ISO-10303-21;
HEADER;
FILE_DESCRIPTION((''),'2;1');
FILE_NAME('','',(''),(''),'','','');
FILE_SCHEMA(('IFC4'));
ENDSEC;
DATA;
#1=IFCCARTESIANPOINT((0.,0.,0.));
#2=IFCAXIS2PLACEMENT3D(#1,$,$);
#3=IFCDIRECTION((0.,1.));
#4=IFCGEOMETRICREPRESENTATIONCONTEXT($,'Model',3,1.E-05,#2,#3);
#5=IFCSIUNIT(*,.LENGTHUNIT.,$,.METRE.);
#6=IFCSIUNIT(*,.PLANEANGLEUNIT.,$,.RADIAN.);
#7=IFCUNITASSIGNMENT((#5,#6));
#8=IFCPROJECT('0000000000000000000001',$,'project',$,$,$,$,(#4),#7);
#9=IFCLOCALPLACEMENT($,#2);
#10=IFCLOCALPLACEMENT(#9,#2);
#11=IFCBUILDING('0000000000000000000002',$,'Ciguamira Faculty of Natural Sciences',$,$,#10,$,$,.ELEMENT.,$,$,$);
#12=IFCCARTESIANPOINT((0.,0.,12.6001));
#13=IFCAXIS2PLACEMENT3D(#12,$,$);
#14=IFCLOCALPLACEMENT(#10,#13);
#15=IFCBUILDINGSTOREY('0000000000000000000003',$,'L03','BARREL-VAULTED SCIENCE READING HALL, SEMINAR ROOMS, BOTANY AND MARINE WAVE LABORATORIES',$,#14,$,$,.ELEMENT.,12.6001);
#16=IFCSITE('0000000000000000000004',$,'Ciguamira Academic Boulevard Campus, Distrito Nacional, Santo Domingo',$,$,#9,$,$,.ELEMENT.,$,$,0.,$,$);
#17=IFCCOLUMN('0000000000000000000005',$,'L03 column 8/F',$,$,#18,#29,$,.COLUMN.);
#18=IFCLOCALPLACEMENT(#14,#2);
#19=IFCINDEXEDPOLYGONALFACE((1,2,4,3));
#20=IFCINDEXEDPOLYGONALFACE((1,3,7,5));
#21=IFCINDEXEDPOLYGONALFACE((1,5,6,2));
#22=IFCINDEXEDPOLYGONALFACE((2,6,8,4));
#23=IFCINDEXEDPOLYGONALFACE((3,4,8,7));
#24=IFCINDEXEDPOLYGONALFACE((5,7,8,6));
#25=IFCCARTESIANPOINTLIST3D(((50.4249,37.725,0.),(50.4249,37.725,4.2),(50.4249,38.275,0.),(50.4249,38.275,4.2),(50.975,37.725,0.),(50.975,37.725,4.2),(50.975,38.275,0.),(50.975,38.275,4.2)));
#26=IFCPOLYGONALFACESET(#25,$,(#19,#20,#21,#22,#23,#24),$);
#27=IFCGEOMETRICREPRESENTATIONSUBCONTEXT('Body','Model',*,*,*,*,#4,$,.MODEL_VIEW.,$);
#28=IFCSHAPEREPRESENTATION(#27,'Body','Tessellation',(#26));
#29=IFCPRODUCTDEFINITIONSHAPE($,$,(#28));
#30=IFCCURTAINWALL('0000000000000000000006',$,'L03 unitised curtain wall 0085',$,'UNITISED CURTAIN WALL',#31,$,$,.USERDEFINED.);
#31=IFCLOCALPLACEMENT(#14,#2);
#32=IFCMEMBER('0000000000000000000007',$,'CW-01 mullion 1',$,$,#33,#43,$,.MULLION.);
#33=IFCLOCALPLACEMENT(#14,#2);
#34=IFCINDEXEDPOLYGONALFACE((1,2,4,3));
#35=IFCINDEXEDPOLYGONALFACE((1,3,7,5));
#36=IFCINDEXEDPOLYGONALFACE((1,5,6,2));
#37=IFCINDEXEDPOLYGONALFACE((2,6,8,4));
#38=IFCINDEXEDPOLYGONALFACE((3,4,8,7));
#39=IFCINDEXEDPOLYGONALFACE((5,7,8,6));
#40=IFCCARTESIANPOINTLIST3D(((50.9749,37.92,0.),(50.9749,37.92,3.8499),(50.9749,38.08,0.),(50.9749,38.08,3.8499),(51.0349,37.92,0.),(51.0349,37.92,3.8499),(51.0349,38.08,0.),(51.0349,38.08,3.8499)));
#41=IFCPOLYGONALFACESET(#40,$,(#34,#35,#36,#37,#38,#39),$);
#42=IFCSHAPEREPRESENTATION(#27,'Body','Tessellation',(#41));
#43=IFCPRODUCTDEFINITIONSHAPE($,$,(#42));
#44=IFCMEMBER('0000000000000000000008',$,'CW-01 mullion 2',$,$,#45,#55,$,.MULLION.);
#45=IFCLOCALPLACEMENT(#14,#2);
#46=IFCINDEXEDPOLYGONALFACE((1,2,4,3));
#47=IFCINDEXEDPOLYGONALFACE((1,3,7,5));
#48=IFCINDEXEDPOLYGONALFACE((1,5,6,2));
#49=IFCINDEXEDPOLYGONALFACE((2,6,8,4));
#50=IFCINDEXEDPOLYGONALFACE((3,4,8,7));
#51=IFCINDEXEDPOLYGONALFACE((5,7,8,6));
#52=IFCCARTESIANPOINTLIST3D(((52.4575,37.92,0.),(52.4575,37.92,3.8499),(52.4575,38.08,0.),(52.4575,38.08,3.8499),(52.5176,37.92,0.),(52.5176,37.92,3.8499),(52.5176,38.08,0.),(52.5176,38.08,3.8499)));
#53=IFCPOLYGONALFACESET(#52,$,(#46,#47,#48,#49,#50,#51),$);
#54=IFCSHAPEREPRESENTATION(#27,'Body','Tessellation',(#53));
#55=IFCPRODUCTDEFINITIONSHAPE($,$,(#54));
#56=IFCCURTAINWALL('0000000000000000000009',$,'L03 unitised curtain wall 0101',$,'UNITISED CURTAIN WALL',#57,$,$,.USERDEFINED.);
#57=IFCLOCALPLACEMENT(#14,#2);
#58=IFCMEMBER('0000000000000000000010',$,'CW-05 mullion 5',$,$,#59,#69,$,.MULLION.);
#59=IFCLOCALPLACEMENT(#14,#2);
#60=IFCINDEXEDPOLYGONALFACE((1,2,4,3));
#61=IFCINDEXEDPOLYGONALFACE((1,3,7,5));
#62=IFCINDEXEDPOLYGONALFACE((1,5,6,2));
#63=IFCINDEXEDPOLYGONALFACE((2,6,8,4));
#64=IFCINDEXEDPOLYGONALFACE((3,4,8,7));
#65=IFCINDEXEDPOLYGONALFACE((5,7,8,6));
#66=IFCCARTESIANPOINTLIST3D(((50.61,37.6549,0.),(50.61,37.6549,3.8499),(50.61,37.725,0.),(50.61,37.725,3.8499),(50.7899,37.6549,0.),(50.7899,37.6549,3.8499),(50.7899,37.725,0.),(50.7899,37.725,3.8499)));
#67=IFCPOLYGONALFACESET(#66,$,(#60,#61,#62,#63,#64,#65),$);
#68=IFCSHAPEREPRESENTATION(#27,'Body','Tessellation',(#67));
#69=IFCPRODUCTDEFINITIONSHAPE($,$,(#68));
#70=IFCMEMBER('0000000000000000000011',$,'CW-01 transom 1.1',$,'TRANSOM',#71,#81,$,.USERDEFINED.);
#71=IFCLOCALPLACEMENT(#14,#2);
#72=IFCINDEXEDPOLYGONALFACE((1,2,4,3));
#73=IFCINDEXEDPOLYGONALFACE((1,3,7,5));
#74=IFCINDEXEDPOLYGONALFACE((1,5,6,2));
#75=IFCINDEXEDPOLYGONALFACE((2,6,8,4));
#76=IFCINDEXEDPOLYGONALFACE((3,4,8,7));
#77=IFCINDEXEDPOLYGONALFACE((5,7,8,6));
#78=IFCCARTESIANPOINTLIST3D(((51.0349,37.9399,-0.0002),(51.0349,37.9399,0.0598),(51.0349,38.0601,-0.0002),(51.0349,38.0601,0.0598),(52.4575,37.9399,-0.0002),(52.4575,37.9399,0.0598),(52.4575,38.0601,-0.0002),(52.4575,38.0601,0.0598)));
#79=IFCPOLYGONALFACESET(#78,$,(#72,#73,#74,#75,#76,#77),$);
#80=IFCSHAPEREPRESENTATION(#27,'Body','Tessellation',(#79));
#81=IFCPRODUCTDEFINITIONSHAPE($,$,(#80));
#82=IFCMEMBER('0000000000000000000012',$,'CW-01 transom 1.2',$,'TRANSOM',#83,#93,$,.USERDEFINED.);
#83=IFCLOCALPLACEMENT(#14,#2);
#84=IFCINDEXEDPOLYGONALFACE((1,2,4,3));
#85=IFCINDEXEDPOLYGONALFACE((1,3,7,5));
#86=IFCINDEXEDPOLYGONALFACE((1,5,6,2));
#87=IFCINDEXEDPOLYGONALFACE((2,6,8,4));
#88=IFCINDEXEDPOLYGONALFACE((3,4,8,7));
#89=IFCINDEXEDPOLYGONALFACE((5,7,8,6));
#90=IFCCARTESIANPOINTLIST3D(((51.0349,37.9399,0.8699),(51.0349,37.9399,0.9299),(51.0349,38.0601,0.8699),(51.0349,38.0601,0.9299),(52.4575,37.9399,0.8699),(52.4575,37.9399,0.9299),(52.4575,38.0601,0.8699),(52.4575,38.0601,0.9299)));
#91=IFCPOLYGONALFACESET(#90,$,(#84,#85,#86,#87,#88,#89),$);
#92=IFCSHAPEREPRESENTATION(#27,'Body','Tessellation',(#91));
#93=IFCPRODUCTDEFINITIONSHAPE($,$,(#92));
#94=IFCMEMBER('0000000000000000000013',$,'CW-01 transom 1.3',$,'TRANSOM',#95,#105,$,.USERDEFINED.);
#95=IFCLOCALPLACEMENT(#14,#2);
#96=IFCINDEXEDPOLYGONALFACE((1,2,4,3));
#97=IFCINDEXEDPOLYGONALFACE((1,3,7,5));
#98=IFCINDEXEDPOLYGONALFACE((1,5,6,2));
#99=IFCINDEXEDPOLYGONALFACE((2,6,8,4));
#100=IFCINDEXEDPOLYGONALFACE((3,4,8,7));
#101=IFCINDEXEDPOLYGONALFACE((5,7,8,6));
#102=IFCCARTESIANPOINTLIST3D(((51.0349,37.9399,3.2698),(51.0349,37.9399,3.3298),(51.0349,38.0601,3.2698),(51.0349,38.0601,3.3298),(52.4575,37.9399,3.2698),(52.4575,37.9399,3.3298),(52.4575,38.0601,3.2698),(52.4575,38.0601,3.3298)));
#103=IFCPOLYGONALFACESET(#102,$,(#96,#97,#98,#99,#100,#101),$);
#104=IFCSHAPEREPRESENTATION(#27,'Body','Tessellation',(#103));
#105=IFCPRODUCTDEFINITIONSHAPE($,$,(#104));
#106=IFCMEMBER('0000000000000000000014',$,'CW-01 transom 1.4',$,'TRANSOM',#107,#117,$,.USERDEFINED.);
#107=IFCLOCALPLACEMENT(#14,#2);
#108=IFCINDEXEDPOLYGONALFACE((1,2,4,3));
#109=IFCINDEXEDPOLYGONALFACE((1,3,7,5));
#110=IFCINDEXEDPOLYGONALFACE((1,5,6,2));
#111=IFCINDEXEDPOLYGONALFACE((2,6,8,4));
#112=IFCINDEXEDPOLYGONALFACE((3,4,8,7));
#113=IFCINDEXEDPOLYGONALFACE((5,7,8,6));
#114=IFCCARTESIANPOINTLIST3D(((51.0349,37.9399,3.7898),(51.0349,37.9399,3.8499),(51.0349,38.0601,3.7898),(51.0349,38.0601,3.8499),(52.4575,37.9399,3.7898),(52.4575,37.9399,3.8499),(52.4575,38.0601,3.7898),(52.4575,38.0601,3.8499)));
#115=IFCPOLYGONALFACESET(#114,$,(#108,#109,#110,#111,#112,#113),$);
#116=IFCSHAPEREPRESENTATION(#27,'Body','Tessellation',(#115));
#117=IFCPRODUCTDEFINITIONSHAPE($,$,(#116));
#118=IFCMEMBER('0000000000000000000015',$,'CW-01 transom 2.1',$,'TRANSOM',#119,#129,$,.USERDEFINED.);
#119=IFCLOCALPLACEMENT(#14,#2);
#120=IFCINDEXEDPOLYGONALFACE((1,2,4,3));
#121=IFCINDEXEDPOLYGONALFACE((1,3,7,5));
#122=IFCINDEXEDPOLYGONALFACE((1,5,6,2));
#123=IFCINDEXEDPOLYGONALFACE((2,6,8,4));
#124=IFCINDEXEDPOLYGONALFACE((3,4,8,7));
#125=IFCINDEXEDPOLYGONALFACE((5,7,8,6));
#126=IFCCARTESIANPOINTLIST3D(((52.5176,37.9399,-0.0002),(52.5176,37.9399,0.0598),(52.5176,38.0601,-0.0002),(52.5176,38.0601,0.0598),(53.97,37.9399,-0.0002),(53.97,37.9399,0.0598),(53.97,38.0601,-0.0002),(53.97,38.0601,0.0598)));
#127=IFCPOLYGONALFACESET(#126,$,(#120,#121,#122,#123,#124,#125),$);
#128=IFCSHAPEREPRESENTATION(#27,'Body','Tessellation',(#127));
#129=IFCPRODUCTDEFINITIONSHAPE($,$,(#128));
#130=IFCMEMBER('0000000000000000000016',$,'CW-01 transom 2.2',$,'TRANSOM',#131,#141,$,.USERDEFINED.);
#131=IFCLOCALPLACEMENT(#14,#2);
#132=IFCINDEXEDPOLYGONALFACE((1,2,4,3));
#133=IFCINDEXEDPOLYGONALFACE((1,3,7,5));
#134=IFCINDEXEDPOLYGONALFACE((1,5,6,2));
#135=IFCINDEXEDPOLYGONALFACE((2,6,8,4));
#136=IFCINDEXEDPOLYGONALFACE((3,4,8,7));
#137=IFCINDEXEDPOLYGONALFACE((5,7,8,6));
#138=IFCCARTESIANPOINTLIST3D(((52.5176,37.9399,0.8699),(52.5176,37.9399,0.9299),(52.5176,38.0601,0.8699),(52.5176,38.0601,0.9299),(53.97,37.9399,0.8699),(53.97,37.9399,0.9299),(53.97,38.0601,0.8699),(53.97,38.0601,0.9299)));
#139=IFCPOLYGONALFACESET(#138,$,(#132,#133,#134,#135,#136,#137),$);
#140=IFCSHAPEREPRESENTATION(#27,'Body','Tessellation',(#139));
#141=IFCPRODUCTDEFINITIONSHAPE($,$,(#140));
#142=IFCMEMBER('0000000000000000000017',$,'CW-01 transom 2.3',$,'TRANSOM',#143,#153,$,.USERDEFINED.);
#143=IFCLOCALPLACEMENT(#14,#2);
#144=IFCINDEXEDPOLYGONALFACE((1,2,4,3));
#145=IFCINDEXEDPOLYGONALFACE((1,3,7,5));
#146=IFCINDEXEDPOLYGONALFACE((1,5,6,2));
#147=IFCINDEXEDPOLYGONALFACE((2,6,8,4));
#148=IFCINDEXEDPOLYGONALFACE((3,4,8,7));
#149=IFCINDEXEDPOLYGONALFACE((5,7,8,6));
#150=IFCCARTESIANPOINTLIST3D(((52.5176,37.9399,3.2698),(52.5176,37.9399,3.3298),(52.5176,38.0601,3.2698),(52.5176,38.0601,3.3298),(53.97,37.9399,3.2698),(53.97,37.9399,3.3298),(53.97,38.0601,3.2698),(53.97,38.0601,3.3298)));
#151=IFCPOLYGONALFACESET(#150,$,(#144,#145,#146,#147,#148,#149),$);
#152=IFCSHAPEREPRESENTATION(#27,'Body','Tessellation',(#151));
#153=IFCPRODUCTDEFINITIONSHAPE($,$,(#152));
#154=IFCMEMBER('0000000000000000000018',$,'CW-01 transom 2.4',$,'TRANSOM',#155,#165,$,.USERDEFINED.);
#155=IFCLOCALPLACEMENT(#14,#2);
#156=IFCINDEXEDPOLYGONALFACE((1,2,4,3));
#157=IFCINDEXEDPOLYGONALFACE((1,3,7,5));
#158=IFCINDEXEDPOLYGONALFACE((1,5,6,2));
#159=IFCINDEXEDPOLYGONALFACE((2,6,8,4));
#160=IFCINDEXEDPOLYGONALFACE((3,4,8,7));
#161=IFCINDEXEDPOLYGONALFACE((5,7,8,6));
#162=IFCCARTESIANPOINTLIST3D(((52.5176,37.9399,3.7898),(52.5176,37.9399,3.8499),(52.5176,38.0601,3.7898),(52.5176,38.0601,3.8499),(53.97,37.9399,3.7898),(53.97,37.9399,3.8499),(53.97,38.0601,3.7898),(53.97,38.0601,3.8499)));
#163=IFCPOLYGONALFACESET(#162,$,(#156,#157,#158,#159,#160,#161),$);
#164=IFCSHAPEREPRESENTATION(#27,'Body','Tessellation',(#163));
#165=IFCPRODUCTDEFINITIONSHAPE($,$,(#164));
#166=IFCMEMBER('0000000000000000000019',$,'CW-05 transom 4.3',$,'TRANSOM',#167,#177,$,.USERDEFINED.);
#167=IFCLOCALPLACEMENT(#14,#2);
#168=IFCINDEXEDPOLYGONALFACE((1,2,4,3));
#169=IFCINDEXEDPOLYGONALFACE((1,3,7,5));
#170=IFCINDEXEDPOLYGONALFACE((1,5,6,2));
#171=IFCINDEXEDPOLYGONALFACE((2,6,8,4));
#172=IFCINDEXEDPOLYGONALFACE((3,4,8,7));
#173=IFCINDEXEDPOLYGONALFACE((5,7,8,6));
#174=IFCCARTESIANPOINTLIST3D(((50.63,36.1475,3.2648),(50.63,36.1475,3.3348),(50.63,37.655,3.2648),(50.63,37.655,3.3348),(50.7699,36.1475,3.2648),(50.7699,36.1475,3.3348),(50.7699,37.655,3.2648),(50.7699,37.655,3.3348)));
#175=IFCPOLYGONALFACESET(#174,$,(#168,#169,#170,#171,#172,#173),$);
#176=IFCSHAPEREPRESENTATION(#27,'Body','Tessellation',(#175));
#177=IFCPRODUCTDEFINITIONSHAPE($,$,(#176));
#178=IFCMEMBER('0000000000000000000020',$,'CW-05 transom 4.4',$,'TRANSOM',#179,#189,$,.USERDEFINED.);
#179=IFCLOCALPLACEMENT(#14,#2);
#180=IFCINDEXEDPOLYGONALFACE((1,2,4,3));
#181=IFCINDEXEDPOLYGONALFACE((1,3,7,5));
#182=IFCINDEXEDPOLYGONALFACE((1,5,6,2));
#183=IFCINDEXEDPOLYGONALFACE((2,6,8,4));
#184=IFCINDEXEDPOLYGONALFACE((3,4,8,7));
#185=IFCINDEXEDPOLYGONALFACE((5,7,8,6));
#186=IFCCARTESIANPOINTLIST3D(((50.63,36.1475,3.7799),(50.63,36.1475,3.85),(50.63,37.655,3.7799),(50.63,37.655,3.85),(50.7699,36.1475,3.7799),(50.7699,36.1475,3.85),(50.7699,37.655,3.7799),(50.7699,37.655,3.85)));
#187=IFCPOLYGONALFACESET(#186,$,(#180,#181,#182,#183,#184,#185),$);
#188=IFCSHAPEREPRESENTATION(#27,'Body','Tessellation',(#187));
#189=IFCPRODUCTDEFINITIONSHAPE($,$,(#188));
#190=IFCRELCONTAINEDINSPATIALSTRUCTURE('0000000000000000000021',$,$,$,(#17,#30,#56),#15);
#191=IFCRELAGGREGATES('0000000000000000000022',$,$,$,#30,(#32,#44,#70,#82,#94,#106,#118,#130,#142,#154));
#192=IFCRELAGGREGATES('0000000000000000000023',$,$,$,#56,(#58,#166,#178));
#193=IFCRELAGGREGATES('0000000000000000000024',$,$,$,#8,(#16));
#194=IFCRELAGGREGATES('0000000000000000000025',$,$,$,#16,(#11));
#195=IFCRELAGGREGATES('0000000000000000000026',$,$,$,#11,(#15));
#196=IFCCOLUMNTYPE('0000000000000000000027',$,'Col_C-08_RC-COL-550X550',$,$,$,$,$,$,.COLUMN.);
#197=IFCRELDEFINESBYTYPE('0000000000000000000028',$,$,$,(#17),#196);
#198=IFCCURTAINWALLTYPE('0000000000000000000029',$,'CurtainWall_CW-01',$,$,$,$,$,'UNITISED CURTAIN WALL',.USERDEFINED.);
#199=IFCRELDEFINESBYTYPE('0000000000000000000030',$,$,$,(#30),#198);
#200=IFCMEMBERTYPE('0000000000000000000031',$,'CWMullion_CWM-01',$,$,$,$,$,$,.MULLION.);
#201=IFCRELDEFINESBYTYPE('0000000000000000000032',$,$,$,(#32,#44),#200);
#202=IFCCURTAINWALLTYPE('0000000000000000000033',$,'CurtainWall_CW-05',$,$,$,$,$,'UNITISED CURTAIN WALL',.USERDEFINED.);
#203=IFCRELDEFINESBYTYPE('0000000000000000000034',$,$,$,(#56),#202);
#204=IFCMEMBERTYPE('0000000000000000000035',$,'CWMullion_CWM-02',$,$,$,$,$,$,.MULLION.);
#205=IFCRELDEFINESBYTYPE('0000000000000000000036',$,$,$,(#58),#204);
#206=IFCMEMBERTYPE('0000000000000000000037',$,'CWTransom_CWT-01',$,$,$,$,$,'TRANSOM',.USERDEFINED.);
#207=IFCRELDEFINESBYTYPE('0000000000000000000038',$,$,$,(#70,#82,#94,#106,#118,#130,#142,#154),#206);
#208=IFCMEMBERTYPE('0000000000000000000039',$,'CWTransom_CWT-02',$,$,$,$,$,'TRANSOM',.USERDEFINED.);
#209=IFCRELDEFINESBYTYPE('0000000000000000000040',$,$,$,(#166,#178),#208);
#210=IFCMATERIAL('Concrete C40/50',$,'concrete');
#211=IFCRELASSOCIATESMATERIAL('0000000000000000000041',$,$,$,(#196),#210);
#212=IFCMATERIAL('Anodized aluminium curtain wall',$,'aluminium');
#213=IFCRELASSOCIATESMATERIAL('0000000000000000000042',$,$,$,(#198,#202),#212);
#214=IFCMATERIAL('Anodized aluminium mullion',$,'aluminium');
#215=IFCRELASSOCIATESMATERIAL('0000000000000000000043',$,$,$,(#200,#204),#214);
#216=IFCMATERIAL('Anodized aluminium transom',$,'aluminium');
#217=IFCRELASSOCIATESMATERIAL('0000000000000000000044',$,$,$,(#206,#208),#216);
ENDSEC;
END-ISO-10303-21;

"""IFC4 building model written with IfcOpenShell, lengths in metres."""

from ifc_helpers import new_model, si_unit, direction, frame, origin, origin_2d, place, context, subcontext, project, spatial, rectangle, extrude, material, material_profile, profile_set, type_object, element, aggregate, save


model = new_model("IFC4")

# Units and contexts
model_context = context("Model", 3, precision=1e-05, world=origin(), true_north=direction((0.0, 1.0)))
body_context = subcontext(model_context, "Body", "Model", "MODEL_VIEW")
ifc_project = project(units=[si_unit("LENGTHUNIT", "METRE"), si_unit("PLANEANGLEUNIT", "RADIAN")], contexts=[model_context])

# Site, building, storey
site_placement = place(None, origin())
site = spatial("IfcSite", under=ifc_project, at=site_placement, Name="Ciguamira Academic Boulevard Campus, Distrito Nacional, Santo Domingo", CompositionType="ELEMENT", RefElevation=0.0)
building_placement = place(site_placement, origin())
building = spatial("IfcBuilding", under=site, at=building_placement, Name="Ciguamira Faculty of Natural Sciences", CompositionType="ELEMENT")
storey_placement = place(building_placement, frame((0.0, 0.0, 12.6001)))
storey = spatial("IfcBuildingStorey", under=building, at=storey_placement, Name="L03", Description="BARREL-VAULTED SCIENCE READING HALL, SEMINAR ROOMS, BOTANY AND MARINE WAVE LABORATORIES", CompositionType="ELEMENT", Elevation=12.6001)

# Column
ifc_material_1 = material(Name="Concrete C40/50", Category="concrete")
ifc_material_profile_1 = material_profile(ifc_material_1, rectangle(XDim=0.55, YDim=0.55, at=origin_2d()), Name="RC-COL-550X550")
ifc_profile_set_1 = profile_set([ifc_material_profile_1], Name="Concrete C40/50")
column_type = type_object("IfcColumnType", Name="Col_C-08_RC-COL-550X550", PredefinedType="COLUMN", material=ifc_profile_set_1)
column_placement = place(storey_placement, frame((50.7, 38.0, 0.0), z_axis=(0.0, 0.0, 1.0), x_axis=(1.0, 0.0, 0.0)))
element("IfcColumn", 1, at=column_placement, inside=storey, type_object=column_type, Name="L03 column 8/F", PredefinedType="COLUMN", context=body_context, shape_type="SweptSolid", body=[
    extrude(rectangle(XDim=0.55, YDim=0.55, at=origin_2d()), origin(), (0.0, 0.0, 1.0), 4.2),
])

# Curtain wall, members
ifc_material_2 = material(Name="Anodized aluminium curtain wall", Category="aluminium")
curtain_wall_type_1 = type_object("IfcCurtainWallType", Name="CurtainWall_CW-01", ElementType="UNITISED CURTAIN WALL", PredefinedType="USERDEFINED", material=ifc_material_2)
curtain_wall_1_placement = place(storey_placement, origin())
curtain_wall_1 = element("IfcCurtainWall", 2, at=curtain_wall_1_placement, inside=storey, type_object=curtain_wall_type_1, Name="L03 unitised curtain wall 0085", ObjectType="UNITISED CURTAIN WALL", PredefinedType="USERDEFINED")
ifc_material_3 = material(Name="Anodized aluminium mullion", Category="aluminium")
ifc_material_profile_2 = material_profile(ifc_material_3, rectangle(XDim=0.0601, YDim=0.1599, at=origin_2d()), Name="ALU-MUL-60X160")
ifc_profile_set_2 = profile_set([ifc_material_profile_2], Name="Anodized aluminium mullion")
member_type_1 = type_object("IfcMemberType", Name="CWMullion_CWM-01", PredefinedType="MULLION", material=ifc_profile_set_2)
member_1_placement = place(storey_placement, frame((51.0049, 38.0, 0.0), z_axis=(0.0, 0.0, 1.0), x_axis=(1.0, 0.0, 0.0)))
member_1 = element("IfcMember", 3, at=member_1_placement, type_object=member_type_1, Name="CW-01 mullion 1", PredefinedType="MULLION", context=body_context, shape_type="SweptSolid", body=[
    extrude(rectangle(XDim=0.0601, YDim=0.1599, at=origin_2d()), origin(), (0.0, 0.0, 1.0), 3.8499),
])
member_2_placement = place(storey_placement, frame((52.4875, 38.0, 0.0), z_axis=(0.0, 0.0, 1.0), x_axis=(1.0, 0.0, 0.0)))
member_2 = element("IfcMember", 4, at=member_2_placement, type_object=member_type_1, Name="CW-01 mullion 2", PredefinedType="MULLION", context=body_context, shape_type="SweptSolid", body=[
    extrude(rectangle(XDim=0.0601, YDim=0.1599, at=origin_2d()), origin(), (0.0, 0.0, 1.0), 3.8499),
])

# Curtain wall, member
curtain_wall_type_2 = type_object("IfcCurtainWallType", Name="CurtainWall_CW-05", ElementType="UNITISED CURTAIN WALL", PredefinedType="USERDEFINED", material=ifc_material_2)
curtain_wall_2_placement = place(storey_placement, origin())
curtain_wall_2 = element("IfcCurtainWall", 5, at=curtain_wall_2_placement, inside=storey, type_object=curtain_wall_type_2, Name="L03 unitised curtain wall 0101", ObjectType="UNITISED CURTAIN WALL", PredefinedType="USERDEFINED")
ifc_material_profile_3 = material_profile(ifc_material_3, rectangle(XDim=0.0701, YDim=0.1799, at=origin_2d()), Name="ALU-MUL-70X180")
ifc_profile_set_3 = profile_set([ifc_material_profile_3], Name="Anodized aluminium mullion")
member_type_2 = type_object("IfcMemberType", Name="CWMullion_CWM-02", PredefinedType="MULLION", material=ifc_profile_set_3)
member_3_placement = place(storey_placement, frame((50.7, 37.6899, 0.0), z_axis=(0.0, 0.0, 1.0), x_axis=(0.0, 1.0, 0.0)))
member_3 = element("IfcMember", 6, at=member_3_placement, type_object=member_type_2, Name="CW-05 mullion 5", PredefinedType="MULLION", context=body_context, shape_type="SweptSolid", body=[
    extrude(rectangle(XDim=0.0701, YDim=0.1799, at=origin_2d()), origin(), (0.0, 0.0, 1.0), 3.8499),
])

# Members
ifc_material_4 = material(Name="Anodized aluminium transom", Category="aluminium")
ifc_material_profile_4 = material_profile(ifc_material_4, rectangle(XDim=0.0601, YDim=0.1201, at=origin_2d()), Name="ALU-TRN-60X120")
ifc_profile_set_4 = profile_set([ifc_material_profile_4], Name="Anodized aluminium transom")
member_type_3 = type_object("IfcMemberType", Name="CWTransom_CWT-01", ElementType="TRANSOM", PredefinedType="USERDEFINED", material=ifc_profile_set_4)
member_4_placement = place(storey_placement, frame((51.0349, 38.0, 0.0298), z_axis=(1.0, 0.0, 0.0), x_axis=(0.0, 0.0, 1.0)))
member_4 = element("IfcMember", 7, at=member_4_placement, type_object=member_type_3, Name="CW-01 transom 1.1", ObjectType="TRANSOM", PredefinedType="USERDEFINED", context=body_context, shape_type="SweptSolid", body=[
    extrude(rectangle(XDim=0.0601, YDim=0.1201, at=origin_2d()), origin(), (0.0, 0.0, 1.0), 1.4226),
])
member_5_placement = place(storey_placement, frame((51.0349, 38.0, 0.8999), z_axis=(1.0, 0.0, 0.0), x_axis=(0.0, 0.0, 1.0)))
member_5 = element("IfcMember", 8, at=member_5_placement, type_object=member_type_3, Name="CW-01 transom 1.2", ObjectType="TRANSOM", PredefinedType="USERDEFINED", context=body_context, shape_type="SweptSolid", body=[
    extrude(rectangle(XDim=0.0601, YDim=0.1201, at=origin_2d()), origin(), (0.0, 0.0, 1.0), 1.4226),
])
member_6_placement = place(storey_placement, frame((51.0349, 38.0, 3.2998), z_axis=(1.0, 0.0, 0.0), x_axis=(0.0, 0.0, 1.0)))
member_6 = element("IfcMember", 9, at=member_6_placement, type_object=member_type_3, Name="CW-01 transom 1.3", ObjectType="TRANSOM", PredefinedType="USERDEFINED", context=body_context, shape_type="SweptSolid", body=[
    extrude(rectangle(XDim=0.0601, YDim=0.1201, at=origin_2d()), origin(), (0.0, 0.0, 1.0), 1.4226),
])
member_7_placement = place(storey_placement, frame((51.0349, 38.0, 3.8198), z_axis=(1.0, 0.0, 0.0), x_axis=(0.0, 0.0, 1.0)))
member_7 = element("IfcMember", 10, at=member_7_placement, type_object=member_type_3, Name="CW-01 transom 1.4", ObjectType="TRANSOM", PredefinedType="USERDEFINED", context=body_context, shape_type="SweptSolid", body=[
    extrude(rectangle(XDim=0.0601, YDim=0.1201, at=origin_2d()), origin(), (0.0, 0.0, 1.0), 1.4226),
])
member_8_placement = place(storey_placement, frame((52.5176, 38.0, 0.0298), z_axis=(1.0, 0.0, 0.0), x_axis=(0.0, 0.0, 1.0)))
member_8 = element("IfcMember", 11, at=member_8_placement, type_object=member_type_3, Name="CW-01 transom 2.1", ObjectType="TRANSOM", PredefinedType="USERDEFINED", context=body_context, shape_type="SweptSolid", body=[
    extrude(rectangle(XDim=0.0601, YDim=0.1201, at=origin_2d()), origin(), (0.0, 0.0, 1.0), 1.4524),
])
member_9_placement = place(storey_placement, frame((52.5176, 38.0, 0.8999), z_axis=(1.0, 0.0, 0.0), x_axis=(0.0, 0.0, 1.0)))
member_9 = element("IfcMember", 12, at=member_9_placement, type_object=member_type_3, Name="CW-01 transom 2.2", ObjectType="TRANSOM", PredefinedType="USERDEFINED", context=body_context, shape_type="SweptSolid", body=[
    extrude(rectangle(XDim=0.0601, YDim=0.1201, at=origin_2d()), origin(), (0.0, 0.0, 1.0), 1.4524),
])
member_10_placement = place(storey_placement, frame((52.5176, 38.0, 3.2998), z_axis=(1.0, 0.0, 0.0), x_axis=(0.0, 0.0, 1.0)))
member_10 = element("IfcMember", 13, at=member_10_placement, type_object=member_type_3, Name="CW-01 transom 2.3", ObjectType="TRANSOM", PredefinedType="USERDEFINED", context=body_context, shape_type="SweptSolid", body=[
    extrude(rectangle(XDim=0.0601, YDim=0.1201, at=origin_2d()), origin(), (0.0, 0.0, 1.0), 1.4524),
])
member_11_placement = place(storey_placement, frame((52.5176, 38.0, 3.8198), z_axis=(1.0, 0.0, 0.0), x_axis=(0.0, 0.0, 1.0)))
member_11 = element("IfcMember", 14, at=member_11_placement, type_object=member_type_3, Name="CW-01 transom 2.4", ObjectType="TRANSOM", PredefinedType="USERDEFINED", context=body_context, shape_type="SweptSolid", body=[
    extrude(rectangle(XDim=0.0601, YDim=0.1201, at=origin_2d()), origin(), (0.0, 0.0, 1.0), 1.4524),
])
ifc_material_profile_5 = material_profile(ifc_material_4, rectangle(XDim=0.0701, YDim=0.1399, at=origin_2d()), Name="ALU-TRN-70X140")
ifc_profile_set_5 = profile_set([ifc_material_profile_5], Name="Anodized aluminium transom")
member_type_4 = type_object("IfcMemberType", Name="CWTransom_CWT-02", ElementType="TRANSOM", PredefinedType="USERDEFINED", material=ifc_profile_set_5)
member_12_placement = place(storey_placement, frame((50.7, 36.1475, 3.2998), z_axis=(0.0, 1.0, 0.0), x_axis=(0.0, 0.0, 1.0)))
member_12 = element("IfcMember", 15, at=member_12_placement, type_object=member_type_4, Name="CW-05 transom 4.3", ObjectType="TRANSOM", PredefinedType="USERDEFINED", context=body_context, shape_type="SweptSolid", body=[
    extrude(rectangle(XDim=0.0701, YDim=0.1399, at=origin_2d()), origin(), (0.0, 0.0, 1.0), 1.5076),
])
member_13_placement = place(storey_placement, frame((50.7, 36.1475, 3.8149), z_axis=(0.0, 1.0, 0.0), x_axis=(0.0, 0.0, 1.0)))
member_13 = element("IfcMember", 16, at=member_13_placement, type_object=member_type_4, Name="CW-05 transom 4.4", ObjectType="TRANSOM", PredefinedType="USERDEFINED", context=body_context, shape_type="SweptSolid", body=[
    extrude(rectangle(XDim=0.0701, YDim=0.1399, at=origin_2d()), origin(), (0.0, 0.0, 1.0), 1.5076),
])

aggregate(curtain_wall_1, [member_1, member_2, member_4, member_5, member_6, member_7, member_8, member_9, member_10, member_11])
aggregate(curtain_wall_2, [member_3, member_12, member_13])

save(model, "model.ifc")
